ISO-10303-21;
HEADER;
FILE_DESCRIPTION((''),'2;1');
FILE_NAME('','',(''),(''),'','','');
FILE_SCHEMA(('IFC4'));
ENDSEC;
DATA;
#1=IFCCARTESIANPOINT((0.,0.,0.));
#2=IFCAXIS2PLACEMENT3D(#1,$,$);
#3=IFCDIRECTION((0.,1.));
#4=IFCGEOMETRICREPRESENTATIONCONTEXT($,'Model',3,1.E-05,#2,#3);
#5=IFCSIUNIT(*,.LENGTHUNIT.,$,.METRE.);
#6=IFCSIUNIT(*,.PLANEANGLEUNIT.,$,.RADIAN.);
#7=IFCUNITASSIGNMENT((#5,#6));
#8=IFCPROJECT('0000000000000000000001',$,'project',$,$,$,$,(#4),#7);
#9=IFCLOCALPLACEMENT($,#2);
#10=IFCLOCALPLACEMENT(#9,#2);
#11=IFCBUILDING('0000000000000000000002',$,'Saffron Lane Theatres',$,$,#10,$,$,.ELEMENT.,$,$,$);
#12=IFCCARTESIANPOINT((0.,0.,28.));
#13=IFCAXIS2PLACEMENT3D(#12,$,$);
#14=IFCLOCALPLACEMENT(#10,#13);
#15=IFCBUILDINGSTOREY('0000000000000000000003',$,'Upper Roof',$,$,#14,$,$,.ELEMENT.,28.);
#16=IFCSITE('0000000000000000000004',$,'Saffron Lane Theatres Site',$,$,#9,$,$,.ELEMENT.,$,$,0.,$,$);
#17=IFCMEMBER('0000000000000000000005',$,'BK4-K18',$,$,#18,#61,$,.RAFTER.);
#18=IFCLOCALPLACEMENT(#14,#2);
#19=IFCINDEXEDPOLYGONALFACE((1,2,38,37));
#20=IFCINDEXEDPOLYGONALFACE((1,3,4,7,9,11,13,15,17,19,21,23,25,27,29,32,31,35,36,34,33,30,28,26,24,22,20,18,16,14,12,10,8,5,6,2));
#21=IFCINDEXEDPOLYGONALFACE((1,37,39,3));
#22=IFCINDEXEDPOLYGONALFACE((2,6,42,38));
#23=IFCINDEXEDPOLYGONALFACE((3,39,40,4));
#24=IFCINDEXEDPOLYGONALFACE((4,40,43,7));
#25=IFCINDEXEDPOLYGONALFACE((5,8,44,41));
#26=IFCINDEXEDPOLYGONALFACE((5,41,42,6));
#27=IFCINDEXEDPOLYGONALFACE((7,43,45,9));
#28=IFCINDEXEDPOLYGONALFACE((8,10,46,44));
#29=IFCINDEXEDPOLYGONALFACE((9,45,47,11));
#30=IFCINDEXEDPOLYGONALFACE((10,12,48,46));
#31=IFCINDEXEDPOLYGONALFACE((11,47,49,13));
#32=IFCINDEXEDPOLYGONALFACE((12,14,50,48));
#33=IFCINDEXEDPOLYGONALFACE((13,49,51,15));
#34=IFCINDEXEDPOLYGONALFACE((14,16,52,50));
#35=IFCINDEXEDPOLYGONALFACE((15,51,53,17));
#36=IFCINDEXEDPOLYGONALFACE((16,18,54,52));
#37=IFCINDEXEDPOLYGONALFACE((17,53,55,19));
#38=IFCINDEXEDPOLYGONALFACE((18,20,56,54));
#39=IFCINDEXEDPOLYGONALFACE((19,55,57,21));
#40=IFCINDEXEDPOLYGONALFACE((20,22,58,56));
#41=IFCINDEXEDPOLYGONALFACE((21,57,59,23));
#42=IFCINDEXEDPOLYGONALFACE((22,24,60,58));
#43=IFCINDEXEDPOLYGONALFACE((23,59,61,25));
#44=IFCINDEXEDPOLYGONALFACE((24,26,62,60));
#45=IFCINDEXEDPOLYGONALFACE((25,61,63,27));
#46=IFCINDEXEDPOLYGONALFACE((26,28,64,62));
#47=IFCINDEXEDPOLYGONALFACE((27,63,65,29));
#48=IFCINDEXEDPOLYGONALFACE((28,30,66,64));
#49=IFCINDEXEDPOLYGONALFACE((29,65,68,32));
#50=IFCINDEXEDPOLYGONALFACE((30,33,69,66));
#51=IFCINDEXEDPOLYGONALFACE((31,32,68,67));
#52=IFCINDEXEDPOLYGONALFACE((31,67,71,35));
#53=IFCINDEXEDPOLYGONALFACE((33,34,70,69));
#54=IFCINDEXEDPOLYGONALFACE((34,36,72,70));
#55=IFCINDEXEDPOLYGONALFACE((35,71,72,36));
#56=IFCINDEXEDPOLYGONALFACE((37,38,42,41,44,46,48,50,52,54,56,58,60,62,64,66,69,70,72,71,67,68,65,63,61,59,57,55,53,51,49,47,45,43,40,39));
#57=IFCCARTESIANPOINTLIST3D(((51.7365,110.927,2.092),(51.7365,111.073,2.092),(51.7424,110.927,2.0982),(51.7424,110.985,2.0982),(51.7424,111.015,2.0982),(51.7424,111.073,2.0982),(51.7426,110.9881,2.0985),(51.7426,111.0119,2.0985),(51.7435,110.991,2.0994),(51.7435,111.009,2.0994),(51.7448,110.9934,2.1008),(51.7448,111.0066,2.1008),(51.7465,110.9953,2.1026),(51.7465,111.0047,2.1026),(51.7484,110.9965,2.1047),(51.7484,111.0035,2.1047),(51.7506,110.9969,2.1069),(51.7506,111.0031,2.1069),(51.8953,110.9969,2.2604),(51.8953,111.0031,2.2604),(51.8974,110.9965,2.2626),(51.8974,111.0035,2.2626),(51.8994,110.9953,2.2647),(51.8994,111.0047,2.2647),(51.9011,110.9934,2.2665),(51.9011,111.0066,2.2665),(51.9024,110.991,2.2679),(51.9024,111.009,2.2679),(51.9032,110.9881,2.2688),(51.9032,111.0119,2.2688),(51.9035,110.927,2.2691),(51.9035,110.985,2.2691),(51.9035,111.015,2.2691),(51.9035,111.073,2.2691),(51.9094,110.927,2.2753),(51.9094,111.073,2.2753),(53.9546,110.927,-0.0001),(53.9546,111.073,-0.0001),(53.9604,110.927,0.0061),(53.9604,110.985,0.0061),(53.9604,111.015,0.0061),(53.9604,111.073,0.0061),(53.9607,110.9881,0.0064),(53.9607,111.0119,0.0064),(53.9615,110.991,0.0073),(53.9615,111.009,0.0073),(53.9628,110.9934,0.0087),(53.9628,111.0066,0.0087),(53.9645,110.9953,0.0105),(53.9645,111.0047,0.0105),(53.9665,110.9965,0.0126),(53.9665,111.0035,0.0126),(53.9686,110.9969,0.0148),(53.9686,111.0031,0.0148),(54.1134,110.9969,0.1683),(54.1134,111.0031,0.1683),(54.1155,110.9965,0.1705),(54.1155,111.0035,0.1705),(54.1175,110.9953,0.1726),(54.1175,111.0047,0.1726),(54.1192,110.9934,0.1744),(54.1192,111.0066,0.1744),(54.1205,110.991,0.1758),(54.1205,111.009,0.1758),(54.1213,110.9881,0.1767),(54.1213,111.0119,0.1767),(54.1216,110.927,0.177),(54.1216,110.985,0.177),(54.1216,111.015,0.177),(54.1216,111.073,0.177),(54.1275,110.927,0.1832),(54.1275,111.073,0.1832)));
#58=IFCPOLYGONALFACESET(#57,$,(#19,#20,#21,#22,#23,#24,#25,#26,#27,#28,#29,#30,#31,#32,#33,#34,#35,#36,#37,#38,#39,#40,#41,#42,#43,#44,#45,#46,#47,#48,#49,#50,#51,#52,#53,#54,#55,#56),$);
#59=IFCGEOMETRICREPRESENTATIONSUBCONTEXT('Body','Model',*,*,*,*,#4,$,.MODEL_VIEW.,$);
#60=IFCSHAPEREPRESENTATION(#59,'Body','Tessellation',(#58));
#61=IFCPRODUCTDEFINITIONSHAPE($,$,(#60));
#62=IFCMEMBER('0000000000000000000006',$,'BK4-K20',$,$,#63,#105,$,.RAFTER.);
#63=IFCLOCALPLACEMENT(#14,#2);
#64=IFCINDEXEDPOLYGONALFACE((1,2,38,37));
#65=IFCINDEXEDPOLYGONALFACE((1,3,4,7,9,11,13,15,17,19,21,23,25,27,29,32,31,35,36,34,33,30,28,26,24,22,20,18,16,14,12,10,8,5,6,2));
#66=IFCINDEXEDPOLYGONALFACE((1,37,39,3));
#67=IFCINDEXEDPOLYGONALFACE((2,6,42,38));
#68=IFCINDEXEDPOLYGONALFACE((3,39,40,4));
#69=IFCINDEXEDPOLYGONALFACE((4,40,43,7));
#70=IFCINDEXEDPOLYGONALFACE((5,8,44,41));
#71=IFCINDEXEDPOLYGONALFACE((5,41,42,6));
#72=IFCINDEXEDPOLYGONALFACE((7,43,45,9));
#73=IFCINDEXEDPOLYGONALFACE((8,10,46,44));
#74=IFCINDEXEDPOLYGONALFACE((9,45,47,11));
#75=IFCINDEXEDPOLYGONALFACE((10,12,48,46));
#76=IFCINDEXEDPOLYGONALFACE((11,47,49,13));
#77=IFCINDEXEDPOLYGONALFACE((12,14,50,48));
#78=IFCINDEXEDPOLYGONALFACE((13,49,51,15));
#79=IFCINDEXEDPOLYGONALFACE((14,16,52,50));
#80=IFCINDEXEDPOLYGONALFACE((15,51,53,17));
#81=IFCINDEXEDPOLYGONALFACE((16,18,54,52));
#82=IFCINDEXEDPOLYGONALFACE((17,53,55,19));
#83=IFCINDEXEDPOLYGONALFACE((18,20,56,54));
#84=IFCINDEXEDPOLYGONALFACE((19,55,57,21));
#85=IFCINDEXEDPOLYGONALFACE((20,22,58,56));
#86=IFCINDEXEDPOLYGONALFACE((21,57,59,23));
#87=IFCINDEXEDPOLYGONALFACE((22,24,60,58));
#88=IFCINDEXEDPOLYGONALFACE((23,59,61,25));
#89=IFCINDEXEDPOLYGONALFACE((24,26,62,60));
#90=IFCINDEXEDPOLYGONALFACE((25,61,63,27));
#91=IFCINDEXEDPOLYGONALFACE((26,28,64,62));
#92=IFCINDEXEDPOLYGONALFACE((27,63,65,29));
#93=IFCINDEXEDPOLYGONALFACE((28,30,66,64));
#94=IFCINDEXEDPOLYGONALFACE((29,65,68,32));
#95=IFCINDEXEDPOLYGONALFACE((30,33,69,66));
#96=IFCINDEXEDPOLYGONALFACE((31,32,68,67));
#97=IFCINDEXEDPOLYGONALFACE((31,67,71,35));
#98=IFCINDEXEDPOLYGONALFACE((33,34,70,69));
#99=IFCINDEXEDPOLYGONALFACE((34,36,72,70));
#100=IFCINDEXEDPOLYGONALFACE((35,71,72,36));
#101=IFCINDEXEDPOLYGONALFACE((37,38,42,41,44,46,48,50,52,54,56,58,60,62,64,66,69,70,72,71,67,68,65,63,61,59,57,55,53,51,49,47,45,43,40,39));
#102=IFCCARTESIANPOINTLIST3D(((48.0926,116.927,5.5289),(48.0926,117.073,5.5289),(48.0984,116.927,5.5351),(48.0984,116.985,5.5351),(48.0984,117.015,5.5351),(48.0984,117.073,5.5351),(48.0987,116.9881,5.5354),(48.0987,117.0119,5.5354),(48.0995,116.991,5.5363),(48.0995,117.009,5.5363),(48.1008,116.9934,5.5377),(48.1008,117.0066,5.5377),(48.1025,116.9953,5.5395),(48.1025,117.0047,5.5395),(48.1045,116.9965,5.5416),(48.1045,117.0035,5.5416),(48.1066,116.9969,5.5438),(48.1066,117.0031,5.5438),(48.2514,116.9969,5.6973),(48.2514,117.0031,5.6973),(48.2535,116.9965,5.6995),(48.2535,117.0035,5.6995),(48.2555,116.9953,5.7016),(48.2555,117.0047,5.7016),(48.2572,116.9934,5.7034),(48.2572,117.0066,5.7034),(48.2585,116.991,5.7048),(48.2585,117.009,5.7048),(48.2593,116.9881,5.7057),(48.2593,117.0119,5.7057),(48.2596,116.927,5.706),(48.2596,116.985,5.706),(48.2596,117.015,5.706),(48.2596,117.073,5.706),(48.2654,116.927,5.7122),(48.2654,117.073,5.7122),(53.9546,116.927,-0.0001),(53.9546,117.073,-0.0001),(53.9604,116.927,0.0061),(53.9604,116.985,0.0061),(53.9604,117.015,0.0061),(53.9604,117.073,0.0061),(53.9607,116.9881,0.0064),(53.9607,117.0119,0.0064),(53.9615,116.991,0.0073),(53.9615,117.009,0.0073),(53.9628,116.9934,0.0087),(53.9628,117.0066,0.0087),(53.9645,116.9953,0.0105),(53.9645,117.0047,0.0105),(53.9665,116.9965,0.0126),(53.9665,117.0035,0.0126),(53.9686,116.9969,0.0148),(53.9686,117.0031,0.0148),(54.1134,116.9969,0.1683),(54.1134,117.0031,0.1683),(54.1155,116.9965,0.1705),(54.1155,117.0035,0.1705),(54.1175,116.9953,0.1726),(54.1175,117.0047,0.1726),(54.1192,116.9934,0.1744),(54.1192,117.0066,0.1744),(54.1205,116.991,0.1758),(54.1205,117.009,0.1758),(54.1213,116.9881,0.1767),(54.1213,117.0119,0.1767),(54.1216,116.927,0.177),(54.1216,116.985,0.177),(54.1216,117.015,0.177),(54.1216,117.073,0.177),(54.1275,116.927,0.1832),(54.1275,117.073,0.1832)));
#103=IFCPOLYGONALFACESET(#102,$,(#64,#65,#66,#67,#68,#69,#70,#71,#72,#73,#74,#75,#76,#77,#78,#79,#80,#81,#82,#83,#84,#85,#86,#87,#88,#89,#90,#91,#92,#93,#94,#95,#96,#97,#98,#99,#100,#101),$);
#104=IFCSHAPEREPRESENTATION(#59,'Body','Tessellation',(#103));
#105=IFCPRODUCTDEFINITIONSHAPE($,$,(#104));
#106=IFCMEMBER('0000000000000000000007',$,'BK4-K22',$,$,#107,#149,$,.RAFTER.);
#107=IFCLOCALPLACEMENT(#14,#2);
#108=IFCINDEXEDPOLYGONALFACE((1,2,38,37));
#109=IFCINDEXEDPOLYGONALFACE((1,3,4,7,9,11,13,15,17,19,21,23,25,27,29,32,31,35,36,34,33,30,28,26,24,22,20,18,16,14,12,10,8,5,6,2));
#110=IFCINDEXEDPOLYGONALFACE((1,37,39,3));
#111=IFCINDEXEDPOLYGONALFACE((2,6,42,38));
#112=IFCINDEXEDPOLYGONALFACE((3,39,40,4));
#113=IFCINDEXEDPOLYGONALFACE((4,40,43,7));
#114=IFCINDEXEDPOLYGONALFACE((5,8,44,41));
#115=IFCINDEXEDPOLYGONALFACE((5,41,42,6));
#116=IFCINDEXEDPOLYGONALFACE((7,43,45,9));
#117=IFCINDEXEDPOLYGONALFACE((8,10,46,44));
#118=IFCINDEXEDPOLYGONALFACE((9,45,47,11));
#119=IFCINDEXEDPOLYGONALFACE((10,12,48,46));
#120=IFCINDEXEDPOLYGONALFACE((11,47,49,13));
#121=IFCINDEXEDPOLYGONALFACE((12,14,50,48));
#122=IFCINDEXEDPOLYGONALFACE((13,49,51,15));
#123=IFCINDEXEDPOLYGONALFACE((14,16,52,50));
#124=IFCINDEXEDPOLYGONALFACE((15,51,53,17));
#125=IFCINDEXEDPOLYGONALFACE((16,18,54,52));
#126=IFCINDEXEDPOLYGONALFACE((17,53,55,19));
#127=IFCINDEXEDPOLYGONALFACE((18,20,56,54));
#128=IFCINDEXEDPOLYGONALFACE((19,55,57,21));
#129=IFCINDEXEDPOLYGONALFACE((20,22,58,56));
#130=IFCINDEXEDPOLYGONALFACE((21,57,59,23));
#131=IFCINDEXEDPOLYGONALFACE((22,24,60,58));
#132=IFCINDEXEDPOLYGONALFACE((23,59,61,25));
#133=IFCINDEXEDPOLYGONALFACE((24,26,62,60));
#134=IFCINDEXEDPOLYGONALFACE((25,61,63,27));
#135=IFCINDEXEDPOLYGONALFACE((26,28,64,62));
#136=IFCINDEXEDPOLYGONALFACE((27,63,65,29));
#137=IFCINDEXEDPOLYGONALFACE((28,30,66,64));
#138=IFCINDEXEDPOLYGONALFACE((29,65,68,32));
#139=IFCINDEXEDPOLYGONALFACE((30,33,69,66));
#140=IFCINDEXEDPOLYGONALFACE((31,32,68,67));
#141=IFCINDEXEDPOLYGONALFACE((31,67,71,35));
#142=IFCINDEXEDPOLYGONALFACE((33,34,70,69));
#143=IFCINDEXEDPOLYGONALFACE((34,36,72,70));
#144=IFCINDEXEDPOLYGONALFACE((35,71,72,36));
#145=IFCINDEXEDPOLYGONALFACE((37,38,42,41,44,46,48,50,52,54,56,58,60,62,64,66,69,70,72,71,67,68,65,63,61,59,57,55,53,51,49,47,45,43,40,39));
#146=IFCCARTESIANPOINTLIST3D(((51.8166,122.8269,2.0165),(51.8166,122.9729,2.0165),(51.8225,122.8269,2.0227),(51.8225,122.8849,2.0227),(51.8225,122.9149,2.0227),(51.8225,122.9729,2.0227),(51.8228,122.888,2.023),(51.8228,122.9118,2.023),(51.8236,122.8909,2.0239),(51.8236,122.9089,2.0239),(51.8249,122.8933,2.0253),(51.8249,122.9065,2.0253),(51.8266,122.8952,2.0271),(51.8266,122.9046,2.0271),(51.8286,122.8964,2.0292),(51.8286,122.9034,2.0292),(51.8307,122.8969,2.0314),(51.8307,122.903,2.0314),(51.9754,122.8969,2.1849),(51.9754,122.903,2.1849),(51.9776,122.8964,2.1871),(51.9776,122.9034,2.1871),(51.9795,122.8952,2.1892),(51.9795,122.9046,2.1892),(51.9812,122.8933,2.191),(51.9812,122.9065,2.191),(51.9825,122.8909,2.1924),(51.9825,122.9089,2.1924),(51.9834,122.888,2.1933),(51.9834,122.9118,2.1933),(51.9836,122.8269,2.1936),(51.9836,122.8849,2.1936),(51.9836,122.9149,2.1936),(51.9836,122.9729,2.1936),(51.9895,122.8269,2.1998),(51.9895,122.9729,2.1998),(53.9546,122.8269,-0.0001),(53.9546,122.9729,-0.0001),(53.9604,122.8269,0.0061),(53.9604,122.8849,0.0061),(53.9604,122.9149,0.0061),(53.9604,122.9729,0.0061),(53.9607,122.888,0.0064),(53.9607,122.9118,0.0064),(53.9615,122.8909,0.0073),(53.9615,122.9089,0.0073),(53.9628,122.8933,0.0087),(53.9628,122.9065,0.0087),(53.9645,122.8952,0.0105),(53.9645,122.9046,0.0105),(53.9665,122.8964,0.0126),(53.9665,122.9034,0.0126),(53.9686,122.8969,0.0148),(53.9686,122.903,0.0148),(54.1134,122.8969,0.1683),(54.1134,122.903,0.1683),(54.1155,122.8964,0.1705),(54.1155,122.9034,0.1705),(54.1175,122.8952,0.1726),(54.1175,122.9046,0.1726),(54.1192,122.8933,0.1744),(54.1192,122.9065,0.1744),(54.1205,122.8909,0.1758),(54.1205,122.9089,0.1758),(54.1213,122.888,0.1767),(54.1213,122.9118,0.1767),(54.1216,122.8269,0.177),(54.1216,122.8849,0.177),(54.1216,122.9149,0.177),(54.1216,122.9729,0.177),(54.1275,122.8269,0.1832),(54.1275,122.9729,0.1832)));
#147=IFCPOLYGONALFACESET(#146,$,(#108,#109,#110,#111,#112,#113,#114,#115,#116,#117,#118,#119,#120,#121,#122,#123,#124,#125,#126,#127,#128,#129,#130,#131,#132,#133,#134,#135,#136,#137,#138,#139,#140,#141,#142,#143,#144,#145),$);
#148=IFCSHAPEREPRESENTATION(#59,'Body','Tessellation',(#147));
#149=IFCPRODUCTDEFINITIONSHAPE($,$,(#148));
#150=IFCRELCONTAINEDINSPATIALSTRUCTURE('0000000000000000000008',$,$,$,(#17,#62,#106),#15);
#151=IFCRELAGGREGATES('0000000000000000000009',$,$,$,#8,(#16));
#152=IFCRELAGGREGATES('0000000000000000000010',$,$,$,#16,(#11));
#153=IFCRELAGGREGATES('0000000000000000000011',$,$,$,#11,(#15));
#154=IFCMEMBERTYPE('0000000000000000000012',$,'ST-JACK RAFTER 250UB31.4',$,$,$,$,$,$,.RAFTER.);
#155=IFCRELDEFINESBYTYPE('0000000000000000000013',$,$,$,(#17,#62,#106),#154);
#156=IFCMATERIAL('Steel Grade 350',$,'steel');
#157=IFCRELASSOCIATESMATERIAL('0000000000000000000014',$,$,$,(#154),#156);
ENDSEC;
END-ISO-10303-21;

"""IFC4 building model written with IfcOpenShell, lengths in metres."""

from ifc_helpers import new_model, si_unit, direction, frame, origin, origin_2d, place, context, subcontext, project, spatial, i_section, extrude, material, material_profile, profile_set, type_object, element, save


model = new_model("IFC4")

# Units and contexts
model_context = context("Model", 3, precision=1e-05, world=origin(), true_north=direction((0.0, 1.0)))
body_context = subcontext(model_context, "Body", "Model", "MODEL_VIEW")
ifc_project = project(units=[si_unit("LENGTHUNIT", "METRE"), si_unit("PLANEANGLEUNIT", "RADIAN")], contexts=[model_context])

# Site, building, storey
site_placement = place(None, origin())
site = spatial("IfcSite", under=ifc_project, at=site_placement, Name="Saffron Lane Theatres Site", CompositionType="ELEMENT", RefElevation=0.0)
building_placement = place(site_placement, origin())
building = spatial("IfcBuilding", under=site, at=building_placement, Name="Saffron Lane Theatres", CompositionType="ELEMENT")
storey_placement = place(building_placement, frame((0.0, 0.0, 28.0)))
storey = spatial("IfcBuildingStorey", under=building, at=storey_placement, Name="Upper Roof", CompositionType="ELEMENT", Elevation=28.0)

# Members
ifc_material_1 = material(Name="Steel Grade 350", Category="steel")
ifc_material_profile_1 = material_profile(ifc_material_1, i_section(OverallWidth=0.146, OverallDepth=0.252, WebThickness=0.0061, FlangeThickness=0.0085, FilletRadius=0.012, at=origin_2d()))
ifc_profile_set_1 = profile_set([ifc_material_profile_1], Name="Steel Grade 350")
member_type_1 = type_object("IfcMemberType", Name="ST-JACK RAFTER 250UB31.4", PredefinedType="RAFTER", material=ifc_profile_set_1)
member_1_placement = place(storey_placement, frame((54.041, 111.0, 0.0916), z_axis=(-0.727464, 0.0, 0.686146), x_axis=(0.0, -1.0, 0.0)))
element("IfcMember", 1, at=member_1_placement, inside=storey, type_object=member_type_1, Name="BK4-K18", PredefinedType="RAFTER", context=body_context, shape_type="SweptSolid", body=[
    extrude(i_section(OverallWidth=0.146, OverallDepth=0.252, WebThickness=0.0061, FlangeThickness=0.0085, FilletRadius=0.012, at=origin_2d()), origin(), (0.0, 0.0, 1.0), 3.0491),
])
member_2_placement = place(storey_placement, frame((54.041, 117.0, 0.0916), z_axis=(-0.727468, 0.0, 0.686142), x_axis=(0.0, -1.0, 0.0)))
element("IfcMember", 2, at=member_2_placement, inside=storey, type_object=member_type_1, Name="BK4-K20", PredefinedType="RAFTER", context=body_context, shape_type="SweptSolid", body=[
    extrude(i_section(OverallWidth=0.146, OverallDepth=0.252, WebThickness=0.0061, FlangeThickness=0.0085, FilletRadius=0.012, at=origin_2d()), origin(), (0.0, 0.0, 1.0), 8.0581),
])
member_3_placement = place(storey_placement, frame((54.041, 122.8999, 0.0916), z_axis=(-0.727448, 0.0, 0.686162), x_axis=(0.0, -1.0, 0.0)))
element("IfcMember", 3, at=member_3_placement, inside=storey, type_object=member_type_1, Name="BK4-K22", PredefinedType="RAFTER", context=body_context, shape_type="SweptSolid", body=[
    extrude(i_section(OverallWidth=0.146, OverallDepth=0.252, WebThickness=0.0061, FlangeThickness=0.0085, FilletRadius=0.012, at=origin_2d()), origin(), (0.0, 0.0, 1.0), 2.939),
])

save(model, "model.ifc")
